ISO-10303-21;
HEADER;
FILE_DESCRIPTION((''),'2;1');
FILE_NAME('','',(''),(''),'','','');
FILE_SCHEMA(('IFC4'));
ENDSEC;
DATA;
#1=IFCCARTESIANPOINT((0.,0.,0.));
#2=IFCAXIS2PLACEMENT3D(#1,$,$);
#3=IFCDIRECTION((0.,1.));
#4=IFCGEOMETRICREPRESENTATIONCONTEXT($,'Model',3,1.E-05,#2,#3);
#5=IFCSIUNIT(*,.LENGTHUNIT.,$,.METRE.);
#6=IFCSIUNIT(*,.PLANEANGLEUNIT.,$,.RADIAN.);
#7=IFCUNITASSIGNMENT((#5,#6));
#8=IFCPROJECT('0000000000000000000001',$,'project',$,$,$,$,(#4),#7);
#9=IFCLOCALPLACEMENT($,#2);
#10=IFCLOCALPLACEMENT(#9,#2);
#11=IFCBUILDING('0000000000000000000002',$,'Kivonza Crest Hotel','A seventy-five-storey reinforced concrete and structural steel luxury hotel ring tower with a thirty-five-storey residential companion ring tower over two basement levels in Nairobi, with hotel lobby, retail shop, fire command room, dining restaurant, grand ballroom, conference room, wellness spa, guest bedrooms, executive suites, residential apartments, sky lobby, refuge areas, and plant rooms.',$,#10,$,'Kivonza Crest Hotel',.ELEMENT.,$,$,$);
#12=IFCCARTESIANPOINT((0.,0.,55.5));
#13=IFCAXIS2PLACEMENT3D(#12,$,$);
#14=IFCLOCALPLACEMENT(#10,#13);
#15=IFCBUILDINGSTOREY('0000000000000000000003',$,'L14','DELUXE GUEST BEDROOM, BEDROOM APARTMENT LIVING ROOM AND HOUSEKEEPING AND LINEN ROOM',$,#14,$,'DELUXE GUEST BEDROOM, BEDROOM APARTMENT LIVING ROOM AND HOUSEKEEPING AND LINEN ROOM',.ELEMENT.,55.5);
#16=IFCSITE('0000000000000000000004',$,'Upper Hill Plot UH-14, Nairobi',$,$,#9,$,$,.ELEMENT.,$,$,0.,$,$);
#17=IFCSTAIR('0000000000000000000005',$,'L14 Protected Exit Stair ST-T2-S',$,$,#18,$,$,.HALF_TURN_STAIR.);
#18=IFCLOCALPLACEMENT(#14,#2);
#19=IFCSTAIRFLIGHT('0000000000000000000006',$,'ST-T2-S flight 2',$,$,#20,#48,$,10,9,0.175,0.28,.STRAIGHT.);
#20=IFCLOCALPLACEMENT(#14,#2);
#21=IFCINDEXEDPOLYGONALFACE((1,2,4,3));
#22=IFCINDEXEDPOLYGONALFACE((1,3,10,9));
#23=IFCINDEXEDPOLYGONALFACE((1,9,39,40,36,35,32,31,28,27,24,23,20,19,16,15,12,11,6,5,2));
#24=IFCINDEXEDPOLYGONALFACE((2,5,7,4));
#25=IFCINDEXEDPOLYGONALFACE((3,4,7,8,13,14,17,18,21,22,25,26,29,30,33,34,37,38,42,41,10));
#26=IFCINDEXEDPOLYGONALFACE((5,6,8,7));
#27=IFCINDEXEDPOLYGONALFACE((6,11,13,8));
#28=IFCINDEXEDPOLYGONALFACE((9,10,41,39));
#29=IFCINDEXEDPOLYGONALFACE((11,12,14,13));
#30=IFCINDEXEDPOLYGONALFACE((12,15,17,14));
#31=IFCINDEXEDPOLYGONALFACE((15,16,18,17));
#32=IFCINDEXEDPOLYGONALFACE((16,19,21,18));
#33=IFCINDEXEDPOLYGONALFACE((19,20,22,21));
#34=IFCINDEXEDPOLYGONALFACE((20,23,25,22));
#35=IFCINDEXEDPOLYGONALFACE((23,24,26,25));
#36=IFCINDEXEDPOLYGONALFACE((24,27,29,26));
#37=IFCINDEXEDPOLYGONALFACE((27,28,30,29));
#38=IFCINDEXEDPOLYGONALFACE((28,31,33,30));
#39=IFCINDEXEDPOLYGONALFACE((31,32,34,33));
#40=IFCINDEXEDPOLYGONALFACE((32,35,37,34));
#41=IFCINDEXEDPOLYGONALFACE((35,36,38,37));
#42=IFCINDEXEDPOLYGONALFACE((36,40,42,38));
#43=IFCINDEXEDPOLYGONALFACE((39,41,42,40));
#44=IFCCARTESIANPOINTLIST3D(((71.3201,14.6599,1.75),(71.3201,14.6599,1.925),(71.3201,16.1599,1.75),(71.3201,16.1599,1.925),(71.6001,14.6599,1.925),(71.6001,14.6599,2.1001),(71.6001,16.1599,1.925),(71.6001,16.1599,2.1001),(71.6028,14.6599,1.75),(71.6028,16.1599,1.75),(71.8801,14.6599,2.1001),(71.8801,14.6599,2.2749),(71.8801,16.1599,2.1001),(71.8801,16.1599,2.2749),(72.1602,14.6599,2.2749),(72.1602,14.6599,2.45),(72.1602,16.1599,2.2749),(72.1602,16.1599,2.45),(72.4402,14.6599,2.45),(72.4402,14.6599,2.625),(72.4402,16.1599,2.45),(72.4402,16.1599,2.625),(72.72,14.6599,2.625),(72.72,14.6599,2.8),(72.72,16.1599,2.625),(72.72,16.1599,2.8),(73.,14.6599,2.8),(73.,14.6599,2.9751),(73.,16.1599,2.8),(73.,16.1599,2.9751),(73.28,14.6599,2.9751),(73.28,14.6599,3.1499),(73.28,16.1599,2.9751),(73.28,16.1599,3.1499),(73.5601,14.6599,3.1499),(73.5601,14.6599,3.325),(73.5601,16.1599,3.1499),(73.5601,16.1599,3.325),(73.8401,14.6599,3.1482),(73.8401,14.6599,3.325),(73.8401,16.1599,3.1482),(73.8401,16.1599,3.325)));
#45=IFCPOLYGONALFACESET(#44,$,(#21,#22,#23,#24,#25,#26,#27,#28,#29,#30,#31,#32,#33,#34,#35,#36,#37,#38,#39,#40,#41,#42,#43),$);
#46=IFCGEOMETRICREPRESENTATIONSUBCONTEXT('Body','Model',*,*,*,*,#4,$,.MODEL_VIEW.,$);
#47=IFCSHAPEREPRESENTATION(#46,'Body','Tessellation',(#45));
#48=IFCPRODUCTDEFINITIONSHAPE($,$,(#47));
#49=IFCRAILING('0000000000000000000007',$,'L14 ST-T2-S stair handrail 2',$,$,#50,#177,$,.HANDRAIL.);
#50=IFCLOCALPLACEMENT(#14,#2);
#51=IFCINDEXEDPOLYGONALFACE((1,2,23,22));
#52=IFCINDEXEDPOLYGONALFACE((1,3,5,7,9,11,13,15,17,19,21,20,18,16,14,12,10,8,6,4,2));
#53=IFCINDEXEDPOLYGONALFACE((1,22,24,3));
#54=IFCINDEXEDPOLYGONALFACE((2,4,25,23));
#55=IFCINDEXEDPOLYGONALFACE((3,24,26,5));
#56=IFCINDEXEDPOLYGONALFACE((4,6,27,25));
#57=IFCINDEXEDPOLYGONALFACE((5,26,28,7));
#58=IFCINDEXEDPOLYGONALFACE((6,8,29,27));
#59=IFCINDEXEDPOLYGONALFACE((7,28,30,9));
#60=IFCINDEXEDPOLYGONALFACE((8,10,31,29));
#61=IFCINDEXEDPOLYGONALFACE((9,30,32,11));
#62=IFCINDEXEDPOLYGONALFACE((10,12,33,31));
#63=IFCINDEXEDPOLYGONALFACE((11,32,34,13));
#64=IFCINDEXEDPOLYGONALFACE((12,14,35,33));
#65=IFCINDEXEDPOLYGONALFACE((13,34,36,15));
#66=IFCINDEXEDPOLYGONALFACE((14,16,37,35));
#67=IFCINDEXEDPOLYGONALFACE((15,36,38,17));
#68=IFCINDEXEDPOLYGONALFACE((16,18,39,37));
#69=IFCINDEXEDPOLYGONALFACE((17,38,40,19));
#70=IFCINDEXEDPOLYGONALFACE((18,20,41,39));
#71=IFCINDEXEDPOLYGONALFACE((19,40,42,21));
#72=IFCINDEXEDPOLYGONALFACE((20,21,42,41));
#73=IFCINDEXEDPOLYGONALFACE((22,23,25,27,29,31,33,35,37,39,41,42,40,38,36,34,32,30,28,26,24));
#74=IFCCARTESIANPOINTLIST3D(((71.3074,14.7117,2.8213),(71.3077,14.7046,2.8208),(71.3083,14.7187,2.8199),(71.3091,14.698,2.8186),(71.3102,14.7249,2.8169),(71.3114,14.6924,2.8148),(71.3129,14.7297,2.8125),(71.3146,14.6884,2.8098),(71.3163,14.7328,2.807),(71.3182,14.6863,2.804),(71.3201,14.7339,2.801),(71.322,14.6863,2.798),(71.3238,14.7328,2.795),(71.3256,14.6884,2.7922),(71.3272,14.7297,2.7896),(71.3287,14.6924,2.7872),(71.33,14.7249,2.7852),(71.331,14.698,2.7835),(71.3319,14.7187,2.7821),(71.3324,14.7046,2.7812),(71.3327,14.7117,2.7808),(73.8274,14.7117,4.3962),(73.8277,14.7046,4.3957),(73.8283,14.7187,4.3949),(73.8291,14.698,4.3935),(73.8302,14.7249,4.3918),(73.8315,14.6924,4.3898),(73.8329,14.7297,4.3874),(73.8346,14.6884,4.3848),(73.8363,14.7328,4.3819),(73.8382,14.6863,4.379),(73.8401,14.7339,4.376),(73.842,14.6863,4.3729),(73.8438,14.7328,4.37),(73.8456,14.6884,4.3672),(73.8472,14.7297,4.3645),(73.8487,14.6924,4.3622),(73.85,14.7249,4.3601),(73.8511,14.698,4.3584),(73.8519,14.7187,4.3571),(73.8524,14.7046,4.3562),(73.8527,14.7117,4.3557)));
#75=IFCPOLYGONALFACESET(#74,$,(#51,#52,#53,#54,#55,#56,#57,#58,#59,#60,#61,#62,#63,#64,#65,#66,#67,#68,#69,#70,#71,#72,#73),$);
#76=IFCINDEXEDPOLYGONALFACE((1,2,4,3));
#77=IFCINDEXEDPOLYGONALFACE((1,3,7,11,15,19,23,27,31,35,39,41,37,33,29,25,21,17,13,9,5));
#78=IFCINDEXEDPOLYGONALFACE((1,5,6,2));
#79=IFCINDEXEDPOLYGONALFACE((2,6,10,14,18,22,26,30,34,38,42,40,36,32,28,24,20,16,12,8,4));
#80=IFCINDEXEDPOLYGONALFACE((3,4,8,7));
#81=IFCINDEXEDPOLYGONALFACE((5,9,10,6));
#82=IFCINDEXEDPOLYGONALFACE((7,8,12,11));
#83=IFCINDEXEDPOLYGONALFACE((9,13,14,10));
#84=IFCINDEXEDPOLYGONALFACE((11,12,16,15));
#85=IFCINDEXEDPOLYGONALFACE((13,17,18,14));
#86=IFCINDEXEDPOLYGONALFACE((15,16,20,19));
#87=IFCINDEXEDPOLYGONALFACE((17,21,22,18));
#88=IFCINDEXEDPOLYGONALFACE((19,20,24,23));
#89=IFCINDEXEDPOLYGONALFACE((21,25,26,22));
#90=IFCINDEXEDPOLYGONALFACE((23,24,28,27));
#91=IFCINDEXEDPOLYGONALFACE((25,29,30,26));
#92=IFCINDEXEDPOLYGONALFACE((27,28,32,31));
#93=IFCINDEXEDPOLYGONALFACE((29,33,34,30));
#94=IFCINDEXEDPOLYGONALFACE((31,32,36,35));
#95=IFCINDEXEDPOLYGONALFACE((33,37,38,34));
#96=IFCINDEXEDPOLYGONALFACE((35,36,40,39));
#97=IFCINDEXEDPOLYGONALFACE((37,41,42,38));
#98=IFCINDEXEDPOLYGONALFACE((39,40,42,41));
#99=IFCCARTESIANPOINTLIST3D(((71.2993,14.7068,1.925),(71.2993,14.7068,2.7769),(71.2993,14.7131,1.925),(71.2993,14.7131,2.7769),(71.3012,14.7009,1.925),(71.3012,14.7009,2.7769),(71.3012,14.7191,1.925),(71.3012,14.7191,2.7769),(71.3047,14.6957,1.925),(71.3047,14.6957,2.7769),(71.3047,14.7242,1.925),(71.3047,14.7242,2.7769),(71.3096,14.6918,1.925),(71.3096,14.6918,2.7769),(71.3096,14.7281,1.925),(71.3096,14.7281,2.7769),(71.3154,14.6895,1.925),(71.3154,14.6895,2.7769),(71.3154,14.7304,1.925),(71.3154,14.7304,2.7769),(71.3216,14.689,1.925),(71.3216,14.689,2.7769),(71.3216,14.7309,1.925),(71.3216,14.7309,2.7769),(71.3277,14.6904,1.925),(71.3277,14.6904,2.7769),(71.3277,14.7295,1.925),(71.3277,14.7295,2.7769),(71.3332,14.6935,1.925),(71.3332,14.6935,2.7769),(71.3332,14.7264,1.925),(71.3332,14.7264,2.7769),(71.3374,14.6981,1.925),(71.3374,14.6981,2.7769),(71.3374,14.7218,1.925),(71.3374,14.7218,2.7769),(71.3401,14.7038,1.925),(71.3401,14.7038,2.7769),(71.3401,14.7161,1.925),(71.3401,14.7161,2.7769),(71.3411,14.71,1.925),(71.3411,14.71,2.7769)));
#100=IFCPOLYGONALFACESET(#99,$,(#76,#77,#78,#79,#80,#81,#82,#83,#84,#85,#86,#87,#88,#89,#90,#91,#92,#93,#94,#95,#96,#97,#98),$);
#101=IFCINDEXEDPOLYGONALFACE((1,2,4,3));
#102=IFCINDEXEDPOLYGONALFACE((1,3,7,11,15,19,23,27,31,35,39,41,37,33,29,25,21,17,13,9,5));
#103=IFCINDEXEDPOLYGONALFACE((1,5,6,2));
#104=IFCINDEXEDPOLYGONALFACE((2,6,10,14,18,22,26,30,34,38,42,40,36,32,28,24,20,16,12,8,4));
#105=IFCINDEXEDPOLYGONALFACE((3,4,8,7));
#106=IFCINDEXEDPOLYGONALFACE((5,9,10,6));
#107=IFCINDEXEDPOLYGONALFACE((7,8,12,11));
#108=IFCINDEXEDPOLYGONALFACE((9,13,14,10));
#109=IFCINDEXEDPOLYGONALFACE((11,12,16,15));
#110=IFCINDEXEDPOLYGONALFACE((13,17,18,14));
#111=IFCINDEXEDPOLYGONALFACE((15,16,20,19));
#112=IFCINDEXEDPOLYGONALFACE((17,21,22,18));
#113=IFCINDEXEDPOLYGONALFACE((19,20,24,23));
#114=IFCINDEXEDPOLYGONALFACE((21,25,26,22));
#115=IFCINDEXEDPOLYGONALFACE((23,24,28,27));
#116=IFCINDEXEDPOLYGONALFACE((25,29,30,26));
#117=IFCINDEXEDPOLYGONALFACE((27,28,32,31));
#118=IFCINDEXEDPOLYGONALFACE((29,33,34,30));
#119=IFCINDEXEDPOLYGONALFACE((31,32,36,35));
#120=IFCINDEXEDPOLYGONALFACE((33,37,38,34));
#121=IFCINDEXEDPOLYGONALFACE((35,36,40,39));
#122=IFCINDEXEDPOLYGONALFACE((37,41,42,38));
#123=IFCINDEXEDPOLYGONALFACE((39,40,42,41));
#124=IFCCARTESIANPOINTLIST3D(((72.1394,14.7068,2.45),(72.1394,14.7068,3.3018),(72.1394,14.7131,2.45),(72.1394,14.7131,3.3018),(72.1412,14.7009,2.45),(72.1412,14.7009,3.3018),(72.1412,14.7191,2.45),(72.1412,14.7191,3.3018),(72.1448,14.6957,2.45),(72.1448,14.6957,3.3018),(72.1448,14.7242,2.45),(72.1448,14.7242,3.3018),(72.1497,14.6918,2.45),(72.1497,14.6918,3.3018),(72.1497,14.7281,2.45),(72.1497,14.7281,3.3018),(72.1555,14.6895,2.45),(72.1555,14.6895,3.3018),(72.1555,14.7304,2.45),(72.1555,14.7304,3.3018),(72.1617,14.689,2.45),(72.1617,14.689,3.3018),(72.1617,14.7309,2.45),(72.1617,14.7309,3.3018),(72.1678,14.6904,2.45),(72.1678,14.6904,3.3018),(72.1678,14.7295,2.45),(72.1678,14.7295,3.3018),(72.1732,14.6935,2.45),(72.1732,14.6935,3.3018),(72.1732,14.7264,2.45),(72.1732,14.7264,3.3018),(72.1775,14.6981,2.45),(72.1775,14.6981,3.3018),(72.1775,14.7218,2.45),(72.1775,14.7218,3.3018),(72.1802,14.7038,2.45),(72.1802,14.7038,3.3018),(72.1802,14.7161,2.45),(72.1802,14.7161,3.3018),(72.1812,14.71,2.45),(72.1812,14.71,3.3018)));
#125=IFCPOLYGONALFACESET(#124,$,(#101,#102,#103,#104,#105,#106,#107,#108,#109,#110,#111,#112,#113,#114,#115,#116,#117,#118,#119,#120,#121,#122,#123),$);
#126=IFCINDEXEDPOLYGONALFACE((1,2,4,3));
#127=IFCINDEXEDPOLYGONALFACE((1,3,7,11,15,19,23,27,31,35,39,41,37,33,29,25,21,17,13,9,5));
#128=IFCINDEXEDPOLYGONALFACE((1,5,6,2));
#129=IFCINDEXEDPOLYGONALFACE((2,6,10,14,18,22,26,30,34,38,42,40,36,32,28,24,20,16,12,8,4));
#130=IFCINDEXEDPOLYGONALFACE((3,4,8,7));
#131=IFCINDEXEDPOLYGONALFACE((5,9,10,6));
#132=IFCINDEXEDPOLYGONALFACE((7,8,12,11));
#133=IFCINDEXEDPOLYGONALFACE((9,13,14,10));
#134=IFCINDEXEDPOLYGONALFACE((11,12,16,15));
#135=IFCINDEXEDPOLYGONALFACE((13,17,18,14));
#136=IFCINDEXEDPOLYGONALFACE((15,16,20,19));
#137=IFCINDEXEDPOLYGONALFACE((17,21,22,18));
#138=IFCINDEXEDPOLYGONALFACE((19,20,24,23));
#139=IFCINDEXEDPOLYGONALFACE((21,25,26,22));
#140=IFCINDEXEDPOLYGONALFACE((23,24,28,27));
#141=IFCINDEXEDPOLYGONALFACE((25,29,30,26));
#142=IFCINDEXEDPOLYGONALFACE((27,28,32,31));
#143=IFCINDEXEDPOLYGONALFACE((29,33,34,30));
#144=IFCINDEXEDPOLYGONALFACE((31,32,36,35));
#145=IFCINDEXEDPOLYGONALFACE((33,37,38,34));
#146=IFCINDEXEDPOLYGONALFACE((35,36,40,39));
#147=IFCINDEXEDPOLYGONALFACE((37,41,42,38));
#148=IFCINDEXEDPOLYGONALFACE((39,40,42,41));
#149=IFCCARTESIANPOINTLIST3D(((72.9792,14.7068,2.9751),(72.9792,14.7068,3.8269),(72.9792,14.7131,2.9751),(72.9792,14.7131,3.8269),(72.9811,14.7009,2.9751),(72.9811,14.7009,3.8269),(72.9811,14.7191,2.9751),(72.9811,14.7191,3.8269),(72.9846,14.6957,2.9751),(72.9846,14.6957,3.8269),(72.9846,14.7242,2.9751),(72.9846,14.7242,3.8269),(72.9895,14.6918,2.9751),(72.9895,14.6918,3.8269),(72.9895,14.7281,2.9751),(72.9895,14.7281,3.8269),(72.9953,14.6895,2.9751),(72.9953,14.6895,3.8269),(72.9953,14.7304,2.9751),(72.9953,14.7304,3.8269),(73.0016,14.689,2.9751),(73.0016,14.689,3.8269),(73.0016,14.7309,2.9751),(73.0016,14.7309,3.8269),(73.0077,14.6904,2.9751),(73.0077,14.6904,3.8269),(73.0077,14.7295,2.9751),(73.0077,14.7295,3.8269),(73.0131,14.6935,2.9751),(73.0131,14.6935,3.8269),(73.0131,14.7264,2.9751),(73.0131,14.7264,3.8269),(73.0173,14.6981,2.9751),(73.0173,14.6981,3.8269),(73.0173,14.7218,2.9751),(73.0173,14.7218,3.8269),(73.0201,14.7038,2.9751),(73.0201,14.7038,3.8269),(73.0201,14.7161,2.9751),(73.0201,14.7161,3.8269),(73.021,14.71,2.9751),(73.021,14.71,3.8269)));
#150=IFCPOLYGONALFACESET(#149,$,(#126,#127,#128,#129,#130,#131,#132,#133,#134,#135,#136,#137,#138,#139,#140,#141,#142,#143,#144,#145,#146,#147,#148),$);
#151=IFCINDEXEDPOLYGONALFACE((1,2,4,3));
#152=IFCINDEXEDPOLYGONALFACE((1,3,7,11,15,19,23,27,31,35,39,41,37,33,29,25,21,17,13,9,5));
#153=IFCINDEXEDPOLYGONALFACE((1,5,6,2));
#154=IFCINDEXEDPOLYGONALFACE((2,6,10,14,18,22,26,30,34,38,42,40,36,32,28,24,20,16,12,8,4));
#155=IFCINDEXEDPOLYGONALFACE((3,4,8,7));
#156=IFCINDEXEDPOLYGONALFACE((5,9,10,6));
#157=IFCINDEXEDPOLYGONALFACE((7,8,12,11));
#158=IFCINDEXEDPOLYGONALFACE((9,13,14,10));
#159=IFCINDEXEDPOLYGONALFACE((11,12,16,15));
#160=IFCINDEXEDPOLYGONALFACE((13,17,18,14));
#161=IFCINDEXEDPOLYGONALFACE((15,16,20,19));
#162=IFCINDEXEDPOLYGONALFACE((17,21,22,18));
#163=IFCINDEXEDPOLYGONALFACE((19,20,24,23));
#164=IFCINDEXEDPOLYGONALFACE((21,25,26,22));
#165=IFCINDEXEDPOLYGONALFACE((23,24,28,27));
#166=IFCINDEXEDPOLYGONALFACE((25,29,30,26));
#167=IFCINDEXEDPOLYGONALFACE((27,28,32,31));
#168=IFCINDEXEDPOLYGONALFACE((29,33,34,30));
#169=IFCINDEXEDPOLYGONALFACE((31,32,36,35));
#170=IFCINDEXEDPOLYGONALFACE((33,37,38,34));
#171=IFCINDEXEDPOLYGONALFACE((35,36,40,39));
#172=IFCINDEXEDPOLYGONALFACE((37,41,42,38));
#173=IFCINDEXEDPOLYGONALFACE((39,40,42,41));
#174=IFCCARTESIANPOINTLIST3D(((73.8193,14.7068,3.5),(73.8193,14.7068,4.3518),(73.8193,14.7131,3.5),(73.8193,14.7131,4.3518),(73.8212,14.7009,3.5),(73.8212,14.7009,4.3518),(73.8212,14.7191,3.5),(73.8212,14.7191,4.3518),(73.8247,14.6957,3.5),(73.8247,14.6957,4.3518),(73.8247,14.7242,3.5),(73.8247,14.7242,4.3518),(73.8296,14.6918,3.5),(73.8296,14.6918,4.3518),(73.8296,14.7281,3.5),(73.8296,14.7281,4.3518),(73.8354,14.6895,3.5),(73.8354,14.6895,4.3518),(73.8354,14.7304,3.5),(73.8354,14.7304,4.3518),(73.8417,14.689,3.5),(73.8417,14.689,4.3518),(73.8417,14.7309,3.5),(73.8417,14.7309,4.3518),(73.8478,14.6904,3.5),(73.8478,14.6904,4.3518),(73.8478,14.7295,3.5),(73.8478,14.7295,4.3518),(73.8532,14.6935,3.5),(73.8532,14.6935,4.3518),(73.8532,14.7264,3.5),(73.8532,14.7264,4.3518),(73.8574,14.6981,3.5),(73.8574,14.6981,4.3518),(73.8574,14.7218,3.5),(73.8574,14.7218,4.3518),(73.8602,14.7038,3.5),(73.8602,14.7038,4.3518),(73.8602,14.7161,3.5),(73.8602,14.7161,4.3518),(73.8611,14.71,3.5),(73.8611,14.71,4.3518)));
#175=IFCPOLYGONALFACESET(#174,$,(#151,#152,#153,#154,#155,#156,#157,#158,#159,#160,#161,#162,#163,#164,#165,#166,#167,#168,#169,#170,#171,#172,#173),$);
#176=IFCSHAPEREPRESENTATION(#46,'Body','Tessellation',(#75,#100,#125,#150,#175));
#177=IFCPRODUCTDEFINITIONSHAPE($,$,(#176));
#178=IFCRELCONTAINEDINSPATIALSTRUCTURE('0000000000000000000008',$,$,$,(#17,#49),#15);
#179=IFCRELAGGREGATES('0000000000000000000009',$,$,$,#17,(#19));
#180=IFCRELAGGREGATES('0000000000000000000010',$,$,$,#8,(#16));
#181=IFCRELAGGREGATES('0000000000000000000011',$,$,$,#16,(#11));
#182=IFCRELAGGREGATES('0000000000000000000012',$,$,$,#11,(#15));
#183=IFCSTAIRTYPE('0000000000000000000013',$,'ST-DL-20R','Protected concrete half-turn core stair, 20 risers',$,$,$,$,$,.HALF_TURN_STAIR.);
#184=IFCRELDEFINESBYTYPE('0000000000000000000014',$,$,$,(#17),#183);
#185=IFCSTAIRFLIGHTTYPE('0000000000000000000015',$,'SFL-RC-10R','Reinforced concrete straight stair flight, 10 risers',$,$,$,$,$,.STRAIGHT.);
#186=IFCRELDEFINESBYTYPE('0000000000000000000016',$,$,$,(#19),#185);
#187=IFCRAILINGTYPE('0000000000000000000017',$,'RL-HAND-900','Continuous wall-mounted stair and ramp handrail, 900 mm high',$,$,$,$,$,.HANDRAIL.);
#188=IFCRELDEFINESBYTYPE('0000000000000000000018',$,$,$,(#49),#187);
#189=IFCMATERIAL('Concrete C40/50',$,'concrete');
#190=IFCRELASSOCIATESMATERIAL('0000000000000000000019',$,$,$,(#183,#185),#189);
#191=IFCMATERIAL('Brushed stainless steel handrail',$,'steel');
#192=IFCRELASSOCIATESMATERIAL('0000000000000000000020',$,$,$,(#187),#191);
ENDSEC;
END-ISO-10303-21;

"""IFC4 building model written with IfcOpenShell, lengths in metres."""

from ifc_helpers import new_model, si_unit, direction, frame, origin, origin_2d, place, context, subcontext, project, spatial, polyline, circle, outline, extrude, material, type_object, element, aggregate, save


model = new_model("IFC4")

# Units and contexts
model_context = context("Model", 3, precision=1e-05, world=origin(), true_north=direction((0.0, 1.0)))
body_context = subcontext(model_context, "Body", "Model", "MODEL_VIEW")
ifc_project = project(units=[si_unit("LENGTHUNIT", "METRE"), si_unit("PLANEANGLEUNIT", "RADIAN")], contexts=[model_context])

# Site, building, storey
site_placement = place(None, origin())
site = spatial("IfcSite", under=ifc_project, at=site_placement, Name="Upper Hill Plot UH-14, Nairobi", CompositionType="ELEMENT", RefElevation=0.0)
building_placement = place(site_placement, origin())
building = spatial("IfcBuilding", under=site, at=building_placement, Name="Kivonza Crest Hotel", Description="A seventy-five-storey reinforced concrete and structural steel luxury hotel ring tower with a thirty-five-storey residential companion ring tower over two basement levels in Nairobi, with hotel lobby, retail shop, fire command room, dining restaurant, grand ballroom, conference room, wellness spa, guest bedrooms, executive suites, residential apartments, sky lobby, refuge areas, and plant rooms.", LongName="Kivonza Crest Hotel", CompositionType="ELEMENT")
storey_placement = place(building_placement, frame((0.0, 0.0, 55.5)))
storey = spatial("IfcBuildingStorey", under=building, at=storey_placement, Name="L14", Description="DELUXE GUEST BEDROOM, BEDROOM APARTMENT LIVING ROOM AND HOUSEKEEPING AND LINEN ROOM", LongName="DELUXE GUEST BEDROOM, BEDROOM APARTMENT LIVING ROOM AND HOUSEKEEPING AND LINEN ROOM", CompositionType="ELEMENT", Elevation=55.5)

# Stair, stair flight
ifc_material_1 = material(Name="Concrete C40/50", Category="concrete")
stair_type = type_object("IfcStairType", Name="ST-DL-20R", Description="Protected concrete half-turn core stair, 20 risers", PredefinedType="HALF_TURN_STAIR", material=ifc_material_1)
stair_placement = place(storey_placement, origin())
stair = element("IfcStair", 1, at=stair_placement, inside=storey, type_object=stair_type, Name="L14 Protected Exit Stair ST-T2-S", PredefinedType="HALF_TURN_STAIR")
stair_flight_type = type_object("IfcStairFlightType", Name="SFL-RC-10R", Description="Reinforced concrete straight stair flight, 10 risers", PredefinedType="STRAIGHT", material=ifc_material_1)
stair_flight_1_placement = place(storey_placement, frame((71.3201, 15.4099, 1.75), z_axis=(0.0, 0.0, 1.0), x_axis=(1.0, 0.0, 0.0)))
stair_flight_1 = element("IfcStairFlight", 2, at=stair_flight_1_placement, type_object=stair_flight_type, Name="ST-T2-S flight 2", NumberOfRisers=10, NumberOfTreads=9, PredefinedType="STRAIGHT", RiserHeight=0.175, TreadLength=0.28, context=body_context, shape_type="SweptSolid", body=[
    extrude(outline(polyline([(0.0, 0.0), (0.0, 0.175), (0.28, 0.175), (0.28, 0.3501), (0.5601, 0.3501), (0.5601, 0.5249), (0.8401, 0.5249), (0.8401, 0.7), (1.1201, 0.7), (1.1201, 0.875), (1.3999, 0.875), (1.3999, 1.05), (1.6799, 1.05), (1.6799, 1.2251), (1.96, 1.2251), (1.96, 1.3999), (2.24, 1.3999), (2.24, 1.575), (2.52, 1.575), (2.52, 1.75), (2.52, 1.3982), (0.2827, 0.0), (0.0, 0.0)])), frame((0.0, 0.75, 0.0), z_axis=(0.0, -1.0, 0.0), x_axis=(1.0, 0.0, 0.0)), (0.0, 0.0, 1.0), 1.5),
])
aggregate(stair, [stair_flight_1])

# Railing
ifc_material_2 = material(Name="Brushed stainless steel handrail", Category="steel")
railing_type_1 = type_object("IfcRailingType", Name="RL-HAND-900", Description="Continuous wall-mounted stair and ramp handrail, 900 mm high", PredefinedType="HANDRAIL", material=ifc_material_2)
railing_1_placement = place(storey_placement, frame((71.3201, 14.71, 1.925)))
element("IfcRailing", 3, at=railing_1_placement, inside=storey, type_object=railing_type_1, Name="L14 ST-T2-S stair handrail 2", PredefinedType="HANDRAIL", context=body_context, shape_type="SweptSolid", body=[
    extrude(circle(Radius=0.0239, at=origin_2d()), frame((0.0, 0.0, 0.876), z_axis=(0.848008, 0.0, 0.529984), x_axis=(0.0, 1.0, 0.0)), (0.0, 0.0, 1.0), 2.9717),
    extrude(circle(Radius=0.021, at=origin_2d()), origin(), (0.0, 0.0, 1.0), 0.8518),
    extrude(circle(Radius=0.021, at=origin_2d()), frame((0.8401, 0.0, 0.5249)), (0.0, 0.0, 1.0), 0.8518),
    extrude(circle(Radius=0.021, at=origin_2d()), frame((1.6799, 0.0, 1.05)), (0.0, 0.0, 1.0), 0.8518),
    extrude(circle(Radius=0.021, at=origin_2d()), frame((2.52, 0.0, 1.575)), (0.0, 0.0, 1.0), 0.8518),
])

save(model, "model.ifc")
